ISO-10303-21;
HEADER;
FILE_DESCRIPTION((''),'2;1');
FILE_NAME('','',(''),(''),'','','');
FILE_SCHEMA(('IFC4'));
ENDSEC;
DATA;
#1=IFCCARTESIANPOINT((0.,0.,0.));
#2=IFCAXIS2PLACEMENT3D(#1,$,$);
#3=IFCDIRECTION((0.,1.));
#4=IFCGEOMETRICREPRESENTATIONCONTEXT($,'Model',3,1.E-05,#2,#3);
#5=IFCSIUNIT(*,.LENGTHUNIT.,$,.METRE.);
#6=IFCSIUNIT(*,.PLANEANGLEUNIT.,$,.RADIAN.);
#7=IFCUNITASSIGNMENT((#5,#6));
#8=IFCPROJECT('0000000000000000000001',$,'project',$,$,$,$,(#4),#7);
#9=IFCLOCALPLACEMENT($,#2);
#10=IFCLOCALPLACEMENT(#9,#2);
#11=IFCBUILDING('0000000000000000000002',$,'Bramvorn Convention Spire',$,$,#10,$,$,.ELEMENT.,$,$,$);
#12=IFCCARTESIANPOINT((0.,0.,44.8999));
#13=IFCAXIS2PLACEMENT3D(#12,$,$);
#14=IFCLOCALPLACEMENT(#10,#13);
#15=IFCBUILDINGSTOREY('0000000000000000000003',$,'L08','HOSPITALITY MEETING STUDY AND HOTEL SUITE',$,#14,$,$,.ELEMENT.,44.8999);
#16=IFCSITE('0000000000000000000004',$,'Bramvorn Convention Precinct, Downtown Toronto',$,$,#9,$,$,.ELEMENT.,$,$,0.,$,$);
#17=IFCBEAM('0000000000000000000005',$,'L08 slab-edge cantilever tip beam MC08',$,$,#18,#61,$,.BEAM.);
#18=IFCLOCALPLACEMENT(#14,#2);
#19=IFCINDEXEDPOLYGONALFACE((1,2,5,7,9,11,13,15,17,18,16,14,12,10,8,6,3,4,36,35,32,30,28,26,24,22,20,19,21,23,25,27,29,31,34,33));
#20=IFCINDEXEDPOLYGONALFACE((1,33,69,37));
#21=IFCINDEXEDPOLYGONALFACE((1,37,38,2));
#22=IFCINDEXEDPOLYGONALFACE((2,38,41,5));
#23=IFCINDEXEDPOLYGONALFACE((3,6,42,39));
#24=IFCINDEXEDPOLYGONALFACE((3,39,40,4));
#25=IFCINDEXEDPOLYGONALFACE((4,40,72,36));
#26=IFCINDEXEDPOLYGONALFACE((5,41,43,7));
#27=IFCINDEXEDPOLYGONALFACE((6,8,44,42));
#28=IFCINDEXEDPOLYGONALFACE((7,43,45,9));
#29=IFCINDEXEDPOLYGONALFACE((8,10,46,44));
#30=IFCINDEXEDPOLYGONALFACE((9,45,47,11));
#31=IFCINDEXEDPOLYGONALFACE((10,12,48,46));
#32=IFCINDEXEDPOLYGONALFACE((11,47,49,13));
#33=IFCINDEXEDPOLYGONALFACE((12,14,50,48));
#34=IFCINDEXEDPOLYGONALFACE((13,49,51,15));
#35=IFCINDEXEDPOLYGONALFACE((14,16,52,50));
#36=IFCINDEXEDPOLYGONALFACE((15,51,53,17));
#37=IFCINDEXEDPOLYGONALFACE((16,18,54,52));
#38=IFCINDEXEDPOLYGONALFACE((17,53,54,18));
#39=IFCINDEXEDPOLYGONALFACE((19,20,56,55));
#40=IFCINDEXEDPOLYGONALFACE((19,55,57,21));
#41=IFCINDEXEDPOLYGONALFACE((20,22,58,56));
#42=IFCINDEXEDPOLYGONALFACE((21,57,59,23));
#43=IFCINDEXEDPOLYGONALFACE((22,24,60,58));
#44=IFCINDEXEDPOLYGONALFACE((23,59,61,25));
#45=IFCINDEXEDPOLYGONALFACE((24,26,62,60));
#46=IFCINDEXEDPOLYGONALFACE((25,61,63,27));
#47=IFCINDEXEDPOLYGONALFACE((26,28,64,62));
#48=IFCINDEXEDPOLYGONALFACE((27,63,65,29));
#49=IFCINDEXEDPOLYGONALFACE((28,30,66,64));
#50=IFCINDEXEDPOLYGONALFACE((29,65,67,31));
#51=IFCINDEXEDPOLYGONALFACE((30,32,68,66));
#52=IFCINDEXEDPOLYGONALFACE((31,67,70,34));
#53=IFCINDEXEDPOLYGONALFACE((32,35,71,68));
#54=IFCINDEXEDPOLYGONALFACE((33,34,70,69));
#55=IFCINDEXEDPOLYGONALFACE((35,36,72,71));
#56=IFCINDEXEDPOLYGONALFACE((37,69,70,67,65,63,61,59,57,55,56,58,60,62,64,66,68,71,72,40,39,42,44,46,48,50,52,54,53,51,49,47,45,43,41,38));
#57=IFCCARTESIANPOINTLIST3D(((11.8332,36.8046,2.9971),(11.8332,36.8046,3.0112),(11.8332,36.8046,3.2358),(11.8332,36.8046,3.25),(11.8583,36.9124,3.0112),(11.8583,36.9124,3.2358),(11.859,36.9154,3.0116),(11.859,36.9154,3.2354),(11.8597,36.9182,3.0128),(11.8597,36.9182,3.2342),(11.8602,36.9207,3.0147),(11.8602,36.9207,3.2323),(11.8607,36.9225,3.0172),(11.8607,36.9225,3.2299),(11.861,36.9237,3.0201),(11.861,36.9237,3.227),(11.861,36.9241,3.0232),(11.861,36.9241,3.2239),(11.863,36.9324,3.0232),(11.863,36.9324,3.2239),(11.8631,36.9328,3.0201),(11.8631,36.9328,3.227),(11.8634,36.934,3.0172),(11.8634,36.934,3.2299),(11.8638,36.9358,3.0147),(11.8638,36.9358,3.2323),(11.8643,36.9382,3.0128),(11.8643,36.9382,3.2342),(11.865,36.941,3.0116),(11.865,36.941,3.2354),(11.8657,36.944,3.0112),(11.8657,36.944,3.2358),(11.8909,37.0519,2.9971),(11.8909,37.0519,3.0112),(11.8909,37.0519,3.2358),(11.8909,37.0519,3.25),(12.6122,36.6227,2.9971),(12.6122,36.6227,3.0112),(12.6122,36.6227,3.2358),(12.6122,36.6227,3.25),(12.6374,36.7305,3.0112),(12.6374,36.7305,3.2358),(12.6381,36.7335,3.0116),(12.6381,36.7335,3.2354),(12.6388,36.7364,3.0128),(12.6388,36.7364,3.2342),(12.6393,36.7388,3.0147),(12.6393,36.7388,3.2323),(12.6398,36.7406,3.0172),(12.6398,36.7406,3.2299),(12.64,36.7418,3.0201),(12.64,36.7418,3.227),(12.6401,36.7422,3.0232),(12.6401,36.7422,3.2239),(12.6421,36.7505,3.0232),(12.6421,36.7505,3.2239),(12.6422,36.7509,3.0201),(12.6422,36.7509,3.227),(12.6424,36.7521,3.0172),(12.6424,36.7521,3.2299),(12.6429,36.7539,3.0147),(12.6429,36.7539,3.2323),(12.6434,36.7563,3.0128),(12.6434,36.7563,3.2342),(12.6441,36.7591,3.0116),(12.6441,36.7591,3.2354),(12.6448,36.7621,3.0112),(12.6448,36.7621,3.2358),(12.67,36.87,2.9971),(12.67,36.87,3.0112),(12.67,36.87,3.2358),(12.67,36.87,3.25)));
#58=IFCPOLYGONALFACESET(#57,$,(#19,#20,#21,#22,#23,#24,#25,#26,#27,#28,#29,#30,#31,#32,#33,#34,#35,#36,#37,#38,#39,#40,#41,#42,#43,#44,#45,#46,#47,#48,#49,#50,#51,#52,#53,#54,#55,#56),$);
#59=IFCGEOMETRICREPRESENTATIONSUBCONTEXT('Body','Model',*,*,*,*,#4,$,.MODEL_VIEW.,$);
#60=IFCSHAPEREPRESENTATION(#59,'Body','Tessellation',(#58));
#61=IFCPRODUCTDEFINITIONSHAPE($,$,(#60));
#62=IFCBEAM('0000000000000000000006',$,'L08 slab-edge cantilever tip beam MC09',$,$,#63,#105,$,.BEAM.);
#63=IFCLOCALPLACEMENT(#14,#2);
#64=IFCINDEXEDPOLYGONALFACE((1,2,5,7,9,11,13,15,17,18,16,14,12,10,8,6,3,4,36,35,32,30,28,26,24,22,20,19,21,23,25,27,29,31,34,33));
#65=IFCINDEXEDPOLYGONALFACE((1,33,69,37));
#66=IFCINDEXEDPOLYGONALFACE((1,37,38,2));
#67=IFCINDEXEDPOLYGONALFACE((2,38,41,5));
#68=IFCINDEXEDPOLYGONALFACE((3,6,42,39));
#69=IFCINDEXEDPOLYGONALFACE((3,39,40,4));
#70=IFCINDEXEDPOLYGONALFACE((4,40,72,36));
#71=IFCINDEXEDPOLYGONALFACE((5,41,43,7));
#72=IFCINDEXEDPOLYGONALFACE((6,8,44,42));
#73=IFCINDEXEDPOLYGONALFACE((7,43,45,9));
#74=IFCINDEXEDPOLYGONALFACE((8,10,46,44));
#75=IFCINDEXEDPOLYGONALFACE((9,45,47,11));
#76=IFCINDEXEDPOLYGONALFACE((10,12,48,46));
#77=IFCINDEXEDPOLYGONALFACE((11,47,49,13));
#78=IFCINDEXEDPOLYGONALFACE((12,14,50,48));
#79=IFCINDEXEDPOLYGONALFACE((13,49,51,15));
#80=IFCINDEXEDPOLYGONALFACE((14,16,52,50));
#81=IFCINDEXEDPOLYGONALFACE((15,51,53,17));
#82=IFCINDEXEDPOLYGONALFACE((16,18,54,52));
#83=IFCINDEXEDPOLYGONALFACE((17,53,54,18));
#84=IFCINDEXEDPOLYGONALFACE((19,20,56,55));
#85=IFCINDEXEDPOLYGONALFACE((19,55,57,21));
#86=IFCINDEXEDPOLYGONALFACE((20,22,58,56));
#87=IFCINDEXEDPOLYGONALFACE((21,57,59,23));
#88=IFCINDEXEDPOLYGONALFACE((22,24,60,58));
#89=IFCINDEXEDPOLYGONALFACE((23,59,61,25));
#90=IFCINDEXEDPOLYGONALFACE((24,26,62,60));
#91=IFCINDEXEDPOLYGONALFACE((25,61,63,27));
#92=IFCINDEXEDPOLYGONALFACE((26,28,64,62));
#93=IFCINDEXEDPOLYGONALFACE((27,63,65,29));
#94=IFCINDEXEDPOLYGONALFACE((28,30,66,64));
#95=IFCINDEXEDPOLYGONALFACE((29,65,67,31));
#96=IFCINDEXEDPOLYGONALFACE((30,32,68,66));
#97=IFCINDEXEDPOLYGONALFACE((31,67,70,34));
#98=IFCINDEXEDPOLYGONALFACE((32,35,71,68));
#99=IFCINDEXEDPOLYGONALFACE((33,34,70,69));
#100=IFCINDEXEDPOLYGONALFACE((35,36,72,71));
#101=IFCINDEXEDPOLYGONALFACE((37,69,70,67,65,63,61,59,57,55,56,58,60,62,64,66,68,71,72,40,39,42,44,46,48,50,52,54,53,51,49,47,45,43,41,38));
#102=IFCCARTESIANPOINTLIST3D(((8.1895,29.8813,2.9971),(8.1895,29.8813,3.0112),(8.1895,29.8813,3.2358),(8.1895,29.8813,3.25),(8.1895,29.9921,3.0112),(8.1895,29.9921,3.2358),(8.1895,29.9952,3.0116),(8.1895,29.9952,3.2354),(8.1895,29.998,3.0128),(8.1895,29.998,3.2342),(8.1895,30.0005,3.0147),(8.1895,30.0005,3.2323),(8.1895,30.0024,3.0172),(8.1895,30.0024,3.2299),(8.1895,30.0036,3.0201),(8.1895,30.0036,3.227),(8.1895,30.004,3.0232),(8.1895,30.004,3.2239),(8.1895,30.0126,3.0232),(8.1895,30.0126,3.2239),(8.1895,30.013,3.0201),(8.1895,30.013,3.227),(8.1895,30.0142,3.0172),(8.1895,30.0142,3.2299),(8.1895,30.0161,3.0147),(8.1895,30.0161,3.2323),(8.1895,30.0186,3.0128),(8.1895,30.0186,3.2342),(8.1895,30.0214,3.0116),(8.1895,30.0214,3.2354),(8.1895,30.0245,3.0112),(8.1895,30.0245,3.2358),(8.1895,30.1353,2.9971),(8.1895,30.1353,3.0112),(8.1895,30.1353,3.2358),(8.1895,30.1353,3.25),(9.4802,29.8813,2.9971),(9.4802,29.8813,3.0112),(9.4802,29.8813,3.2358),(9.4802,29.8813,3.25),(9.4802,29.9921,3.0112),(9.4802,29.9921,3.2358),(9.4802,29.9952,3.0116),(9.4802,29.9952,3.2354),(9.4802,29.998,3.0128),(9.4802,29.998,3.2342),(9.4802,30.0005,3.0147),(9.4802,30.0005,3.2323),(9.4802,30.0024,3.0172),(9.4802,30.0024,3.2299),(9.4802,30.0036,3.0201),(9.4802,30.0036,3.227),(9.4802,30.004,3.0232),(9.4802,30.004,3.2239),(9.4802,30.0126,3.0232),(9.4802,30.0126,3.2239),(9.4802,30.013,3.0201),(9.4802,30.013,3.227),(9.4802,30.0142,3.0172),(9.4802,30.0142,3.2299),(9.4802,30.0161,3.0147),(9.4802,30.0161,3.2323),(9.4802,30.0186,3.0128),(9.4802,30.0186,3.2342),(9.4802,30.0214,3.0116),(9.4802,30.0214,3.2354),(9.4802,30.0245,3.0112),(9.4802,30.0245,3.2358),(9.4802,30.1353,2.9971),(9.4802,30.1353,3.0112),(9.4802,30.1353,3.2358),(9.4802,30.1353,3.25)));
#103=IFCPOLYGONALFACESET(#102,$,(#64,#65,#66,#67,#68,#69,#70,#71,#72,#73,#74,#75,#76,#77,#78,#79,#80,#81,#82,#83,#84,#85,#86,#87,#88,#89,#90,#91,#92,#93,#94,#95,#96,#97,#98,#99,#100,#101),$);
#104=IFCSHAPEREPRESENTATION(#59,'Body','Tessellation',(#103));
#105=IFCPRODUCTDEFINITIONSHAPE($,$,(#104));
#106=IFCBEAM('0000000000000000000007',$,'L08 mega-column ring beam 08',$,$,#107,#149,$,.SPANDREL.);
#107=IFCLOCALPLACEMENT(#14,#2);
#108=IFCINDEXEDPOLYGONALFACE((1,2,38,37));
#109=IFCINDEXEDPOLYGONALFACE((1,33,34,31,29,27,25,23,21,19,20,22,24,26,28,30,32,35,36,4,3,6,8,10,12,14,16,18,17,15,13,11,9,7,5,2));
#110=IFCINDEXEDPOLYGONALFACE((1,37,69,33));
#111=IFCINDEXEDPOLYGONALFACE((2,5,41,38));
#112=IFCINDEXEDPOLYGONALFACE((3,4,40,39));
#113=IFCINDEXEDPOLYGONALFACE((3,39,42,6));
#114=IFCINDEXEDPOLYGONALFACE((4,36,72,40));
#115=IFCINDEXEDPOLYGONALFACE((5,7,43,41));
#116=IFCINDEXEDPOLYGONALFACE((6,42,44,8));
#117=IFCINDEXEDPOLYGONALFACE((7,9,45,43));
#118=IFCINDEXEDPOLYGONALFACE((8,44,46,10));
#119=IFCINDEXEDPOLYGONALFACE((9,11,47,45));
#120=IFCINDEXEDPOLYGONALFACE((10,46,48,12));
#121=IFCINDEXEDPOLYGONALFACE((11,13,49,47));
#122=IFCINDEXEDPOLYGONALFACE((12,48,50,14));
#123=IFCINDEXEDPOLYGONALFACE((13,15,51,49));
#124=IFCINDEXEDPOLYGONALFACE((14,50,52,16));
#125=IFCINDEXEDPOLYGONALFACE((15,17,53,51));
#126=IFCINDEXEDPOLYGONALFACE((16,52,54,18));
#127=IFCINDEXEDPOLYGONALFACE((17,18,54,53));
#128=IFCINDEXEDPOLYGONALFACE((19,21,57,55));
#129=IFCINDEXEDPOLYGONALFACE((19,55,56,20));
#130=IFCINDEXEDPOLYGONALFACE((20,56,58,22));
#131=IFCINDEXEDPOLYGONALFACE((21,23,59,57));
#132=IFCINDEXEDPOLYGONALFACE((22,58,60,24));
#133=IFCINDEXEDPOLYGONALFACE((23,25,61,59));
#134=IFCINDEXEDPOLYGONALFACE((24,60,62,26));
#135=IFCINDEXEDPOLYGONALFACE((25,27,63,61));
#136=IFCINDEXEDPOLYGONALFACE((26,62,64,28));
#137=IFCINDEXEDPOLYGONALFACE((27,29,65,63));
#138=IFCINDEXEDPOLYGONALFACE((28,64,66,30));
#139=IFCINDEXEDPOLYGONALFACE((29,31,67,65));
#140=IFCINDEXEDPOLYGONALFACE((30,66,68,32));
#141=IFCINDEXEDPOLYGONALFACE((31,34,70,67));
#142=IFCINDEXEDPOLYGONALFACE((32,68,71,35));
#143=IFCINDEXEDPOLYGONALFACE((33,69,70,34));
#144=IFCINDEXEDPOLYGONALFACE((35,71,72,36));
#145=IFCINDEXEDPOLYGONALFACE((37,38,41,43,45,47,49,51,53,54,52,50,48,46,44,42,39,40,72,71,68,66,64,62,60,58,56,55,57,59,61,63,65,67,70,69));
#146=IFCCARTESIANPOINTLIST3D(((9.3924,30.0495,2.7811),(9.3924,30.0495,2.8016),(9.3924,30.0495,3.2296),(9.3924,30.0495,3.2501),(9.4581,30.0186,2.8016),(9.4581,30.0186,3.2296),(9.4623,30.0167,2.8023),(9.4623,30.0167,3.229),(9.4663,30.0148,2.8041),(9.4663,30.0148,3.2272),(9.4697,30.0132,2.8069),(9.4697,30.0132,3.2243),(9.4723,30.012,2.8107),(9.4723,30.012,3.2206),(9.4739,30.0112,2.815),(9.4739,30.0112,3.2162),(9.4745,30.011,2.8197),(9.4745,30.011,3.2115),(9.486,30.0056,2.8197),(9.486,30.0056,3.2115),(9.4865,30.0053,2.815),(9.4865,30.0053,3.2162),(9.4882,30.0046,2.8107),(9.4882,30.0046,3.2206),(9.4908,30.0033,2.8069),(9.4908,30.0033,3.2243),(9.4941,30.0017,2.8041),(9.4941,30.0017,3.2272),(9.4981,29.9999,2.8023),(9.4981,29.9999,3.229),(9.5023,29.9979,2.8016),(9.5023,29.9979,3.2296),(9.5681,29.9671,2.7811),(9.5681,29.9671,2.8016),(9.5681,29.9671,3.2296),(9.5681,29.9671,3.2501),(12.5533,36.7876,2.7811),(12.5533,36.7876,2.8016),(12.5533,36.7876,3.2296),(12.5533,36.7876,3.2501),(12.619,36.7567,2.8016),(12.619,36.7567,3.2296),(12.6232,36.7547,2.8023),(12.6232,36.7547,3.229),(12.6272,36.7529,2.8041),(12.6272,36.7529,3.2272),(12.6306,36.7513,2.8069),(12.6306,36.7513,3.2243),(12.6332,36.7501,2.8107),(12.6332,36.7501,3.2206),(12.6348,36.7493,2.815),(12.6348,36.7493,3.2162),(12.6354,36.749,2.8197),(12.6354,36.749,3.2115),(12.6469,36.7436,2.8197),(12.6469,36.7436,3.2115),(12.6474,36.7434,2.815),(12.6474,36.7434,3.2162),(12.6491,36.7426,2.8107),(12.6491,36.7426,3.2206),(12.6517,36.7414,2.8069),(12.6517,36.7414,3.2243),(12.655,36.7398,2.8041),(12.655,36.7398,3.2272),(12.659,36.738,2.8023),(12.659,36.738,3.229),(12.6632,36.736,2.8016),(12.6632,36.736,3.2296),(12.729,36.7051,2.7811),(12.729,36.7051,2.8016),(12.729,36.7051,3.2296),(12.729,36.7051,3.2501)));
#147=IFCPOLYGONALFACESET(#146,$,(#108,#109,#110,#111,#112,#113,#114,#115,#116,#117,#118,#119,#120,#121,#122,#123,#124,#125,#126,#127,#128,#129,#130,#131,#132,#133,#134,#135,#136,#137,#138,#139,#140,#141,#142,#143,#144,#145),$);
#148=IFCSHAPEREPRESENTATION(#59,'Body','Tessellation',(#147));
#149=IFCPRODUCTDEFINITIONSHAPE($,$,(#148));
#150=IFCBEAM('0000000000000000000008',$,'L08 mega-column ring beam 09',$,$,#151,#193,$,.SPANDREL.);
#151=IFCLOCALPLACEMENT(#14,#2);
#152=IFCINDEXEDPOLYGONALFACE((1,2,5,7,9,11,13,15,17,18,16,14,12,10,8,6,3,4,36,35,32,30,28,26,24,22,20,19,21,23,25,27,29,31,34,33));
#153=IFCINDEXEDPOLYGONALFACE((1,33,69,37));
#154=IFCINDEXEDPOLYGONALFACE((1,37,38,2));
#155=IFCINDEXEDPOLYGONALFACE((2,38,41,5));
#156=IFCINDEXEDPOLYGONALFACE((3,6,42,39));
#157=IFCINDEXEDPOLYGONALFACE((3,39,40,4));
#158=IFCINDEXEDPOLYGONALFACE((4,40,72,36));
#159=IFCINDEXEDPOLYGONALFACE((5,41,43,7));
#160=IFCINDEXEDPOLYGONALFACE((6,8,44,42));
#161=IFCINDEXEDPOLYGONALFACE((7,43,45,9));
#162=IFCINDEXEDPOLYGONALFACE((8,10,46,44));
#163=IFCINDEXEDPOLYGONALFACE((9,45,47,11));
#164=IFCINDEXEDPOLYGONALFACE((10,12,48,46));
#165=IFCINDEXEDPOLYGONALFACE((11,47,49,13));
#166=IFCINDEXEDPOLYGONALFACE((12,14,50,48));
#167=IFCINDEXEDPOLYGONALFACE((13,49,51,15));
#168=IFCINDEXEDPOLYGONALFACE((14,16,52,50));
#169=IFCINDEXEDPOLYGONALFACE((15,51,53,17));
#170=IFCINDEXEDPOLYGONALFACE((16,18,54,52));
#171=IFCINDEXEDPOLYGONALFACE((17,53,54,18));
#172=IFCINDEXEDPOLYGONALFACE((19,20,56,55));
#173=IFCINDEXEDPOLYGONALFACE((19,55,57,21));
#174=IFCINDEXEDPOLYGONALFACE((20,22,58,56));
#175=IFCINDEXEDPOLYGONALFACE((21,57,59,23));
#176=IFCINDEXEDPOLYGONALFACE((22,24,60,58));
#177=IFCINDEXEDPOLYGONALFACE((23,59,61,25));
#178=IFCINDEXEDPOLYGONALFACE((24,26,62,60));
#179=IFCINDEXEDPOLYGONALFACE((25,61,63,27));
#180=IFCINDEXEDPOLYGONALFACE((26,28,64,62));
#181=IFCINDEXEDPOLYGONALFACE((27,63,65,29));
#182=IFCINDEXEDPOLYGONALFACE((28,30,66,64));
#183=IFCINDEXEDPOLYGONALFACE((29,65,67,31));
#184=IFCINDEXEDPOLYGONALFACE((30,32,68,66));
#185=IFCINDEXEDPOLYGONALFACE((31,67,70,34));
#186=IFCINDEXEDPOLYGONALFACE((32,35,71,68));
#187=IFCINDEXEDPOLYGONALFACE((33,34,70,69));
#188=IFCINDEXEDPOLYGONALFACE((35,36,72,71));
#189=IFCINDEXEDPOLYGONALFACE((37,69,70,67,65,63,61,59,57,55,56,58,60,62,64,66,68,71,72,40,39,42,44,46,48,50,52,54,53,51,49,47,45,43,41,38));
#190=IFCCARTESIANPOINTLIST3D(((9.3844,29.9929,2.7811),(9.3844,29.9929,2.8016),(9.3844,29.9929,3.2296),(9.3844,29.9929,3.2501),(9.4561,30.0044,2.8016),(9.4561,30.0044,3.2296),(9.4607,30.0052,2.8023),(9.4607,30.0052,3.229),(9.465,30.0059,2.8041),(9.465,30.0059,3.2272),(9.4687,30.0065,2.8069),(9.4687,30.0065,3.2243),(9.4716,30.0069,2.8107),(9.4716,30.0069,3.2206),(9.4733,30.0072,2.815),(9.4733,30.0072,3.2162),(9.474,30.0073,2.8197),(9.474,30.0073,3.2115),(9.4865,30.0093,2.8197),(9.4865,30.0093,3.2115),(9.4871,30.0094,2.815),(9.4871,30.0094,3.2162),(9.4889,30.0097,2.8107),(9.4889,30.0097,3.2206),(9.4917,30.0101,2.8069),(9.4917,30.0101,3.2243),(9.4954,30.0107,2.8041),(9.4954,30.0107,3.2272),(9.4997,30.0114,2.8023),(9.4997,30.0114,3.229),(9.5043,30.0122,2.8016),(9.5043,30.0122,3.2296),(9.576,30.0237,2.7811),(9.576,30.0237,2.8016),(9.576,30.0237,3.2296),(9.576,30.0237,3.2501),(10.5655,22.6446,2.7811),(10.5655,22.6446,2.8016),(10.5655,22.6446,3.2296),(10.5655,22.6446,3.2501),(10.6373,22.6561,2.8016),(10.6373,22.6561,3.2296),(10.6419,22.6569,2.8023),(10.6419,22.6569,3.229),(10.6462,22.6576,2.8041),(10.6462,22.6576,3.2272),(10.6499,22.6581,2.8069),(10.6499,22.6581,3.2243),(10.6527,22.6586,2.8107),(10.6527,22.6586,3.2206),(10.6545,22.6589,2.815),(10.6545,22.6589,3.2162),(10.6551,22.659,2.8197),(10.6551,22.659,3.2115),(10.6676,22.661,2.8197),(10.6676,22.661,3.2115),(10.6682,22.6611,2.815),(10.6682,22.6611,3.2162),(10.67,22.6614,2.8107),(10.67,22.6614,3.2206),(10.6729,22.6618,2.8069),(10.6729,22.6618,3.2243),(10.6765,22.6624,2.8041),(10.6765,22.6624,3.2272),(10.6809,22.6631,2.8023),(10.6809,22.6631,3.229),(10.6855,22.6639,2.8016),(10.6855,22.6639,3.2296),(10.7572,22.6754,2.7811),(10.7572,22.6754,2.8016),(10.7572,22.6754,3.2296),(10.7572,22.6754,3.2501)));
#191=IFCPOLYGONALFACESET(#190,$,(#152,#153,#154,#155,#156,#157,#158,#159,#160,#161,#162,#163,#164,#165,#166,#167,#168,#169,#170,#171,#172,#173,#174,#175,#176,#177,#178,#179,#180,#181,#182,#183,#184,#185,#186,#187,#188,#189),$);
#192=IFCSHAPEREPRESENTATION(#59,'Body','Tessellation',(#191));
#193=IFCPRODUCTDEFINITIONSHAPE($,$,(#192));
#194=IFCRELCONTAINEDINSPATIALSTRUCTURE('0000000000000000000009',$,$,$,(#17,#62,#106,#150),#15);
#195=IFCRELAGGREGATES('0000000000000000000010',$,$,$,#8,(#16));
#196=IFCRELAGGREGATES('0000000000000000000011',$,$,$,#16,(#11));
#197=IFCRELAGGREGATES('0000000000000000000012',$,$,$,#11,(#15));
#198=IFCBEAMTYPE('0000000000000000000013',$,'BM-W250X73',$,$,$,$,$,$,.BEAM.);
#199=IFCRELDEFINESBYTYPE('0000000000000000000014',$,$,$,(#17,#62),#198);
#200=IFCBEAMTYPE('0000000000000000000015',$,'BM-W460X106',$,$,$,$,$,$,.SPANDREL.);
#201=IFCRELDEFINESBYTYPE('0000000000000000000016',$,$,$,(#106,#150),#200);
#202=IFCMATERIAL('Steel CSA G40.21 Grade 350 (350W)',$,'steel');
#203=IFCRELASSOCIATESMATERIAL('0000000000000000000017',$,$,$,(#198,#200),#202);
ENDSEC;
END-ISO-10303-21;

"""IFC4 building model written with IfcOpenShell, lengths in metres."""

from ifc_helpers import new_model, si_unit, direction, frame, origin, origin_2d, place, context, subcontext, project, spatial, i_section, extrude, material, material_profile, profile_set, type_object, element, save


model = new_model("IFC4")

# Units and contexts
model_context = context("Model", 3, precision=1e-05, world=origin(), true_north=direction((0.0, 1.0)))
body_context = subcontext(model_context, "Body", "Model", "MODEL_VIEW")
ifc_project = project(units=[si_unit("LENGTHUNIT", "METRE"), si_unit("PLANEANGLEUNIT", "RADIAN")], contexts=[model_context])

# Site, building, storey
site_placement = place(None, origin())
site = spatial("IfcSite", under=ifc_project, at=site_placement, Name="Bramvorn Convention Precinct, Downtown Toronto", CompositionType="ELEMENT", RefElevation=0.0)
building_placement = place(site_placement, origin())
building = spatial("IfcBuilding", under=site, at=building_placement, Name="Bramvorn Convention Spire", CompositionType="ELEMENT")
storey_placement = place(building_placement, frame((0.0, 0.0, 44.8999)))
storey = spatial("IfcBuildingStorey", under=building, at=storey_placement, Name="L08", Description="HOSPITALITY MEETING STUDY AND HOTEL SUITE", CompositionType="ELEMENT", Elevation=44.8999)

# Shared definitions
ifc_material_1 = material(Name="Steel CSA G40.21 Grade 350 (350W)", Category="steel")

# Beams
ifc_material_profile_1 = material_profile(ifc_material_1, i_section(OverallWidth=0.2539, OverallDepth=0.2529, WebThickness=0.0085, FlangeThickness=0.0142, FilletRadius=0.012, at=origin_2d()))
ifc_profile_set_1 = profile_set([ifc_material_profile_1], Name="Steel CSA G40.21 Grade 350 (350W) - W250X73")
beam_type_1 = type_object("IfcBeamType", Name="BM-W250X73", PredefinedType="BEAM", material=ifc_profile_set_1)
beam_1_placement = place(storey_placement, frame((12.6411, 36.7463, 3.1235), z_axis=(-0.973812, 0.227355, 0.0), x_axis=(-0.227355, -0.973812, 0.0)))
element("IfcBeam", 1, at=beam_1_placement, inside=storey, type_object=beam_type_1, Name="L08 slab-edge cantilever tip beam MC08", PredefinedType="BEAM", context=body_context, shape_type="SweptSolid", body=[
    extrude(i_section(OverallWidth=0.2539, OverallDepth=0.2529, WebThickness=0.0085, FlangeThickness=0.0142, FilletRadius=0.012, at=origin_2d()), origin(), (0.0, 0.0, 1.0), 0.8),
])
beam_2_placement = place(storey_placement, frame((9.4802, 30.0083, 3.1235), z_axis=(-1.0, 0.0, 0.0), x_axis=(0.0, -1.0, 0.0)))
element("IfcBeam", 2, at=beam_2_placement, inside=storey, type_object=beam_type_1, Name="L08 slab-edge cantilever tip beam MC09", PredefinedType="BEAM", context=body_context, shape_type="SweptSolid", body=[
    extrude(i_section(OverallWidth=0.2539, OverallDepth=0.2529, WebThickness=0.0085, FlangeThickness=0.0142, FilletRadius=0.012, at=origin_2d()), origin(), (0.0, 0.0, 1.0), 1.2908),
])
ifc_material_profile_2 = material_profile(ifc_material_1, i_section(OverallWidth=0.1941, OverallDepth=0.469, WebThickness=0.0127, FlangeThickness=0.0205, FilletRadius=0.0181, at=origin_2d()))
ifc_profile_set_2 = profile_set([ifc_material_profile_2], Name="Steel CSA G40.21 Grade 350 (350W) - W460X106")
beam_type_2 = type_object("IfcBeamType", Name="BM-W460X106", PredefinedType="SPANDREL", material=ifc_profile_set_2)
for number, where, z_axis, x_axis, name in (
    (3, (12.6411, 36.7463, 3.0156), (-0.424702, -0.905333, 0.0), (0.905333, -0.424702, 0.0), "L08 mega-column ring beam 08"),
    (4, (9.4802, 30.0083, 3.0156), (0.158699, -0.987327, 0.0), (0.987327, 0.158699, 0.0), "L08 mega-column ring beam 09"),
):
    element("IfcBeam", number, at=place(storey_placement, frame(where, z_axis=z_axis, x_axis=x_axis)), inside=storey, type_object=beam_type_2, Name=name, PredefinedType="SPANDREL", context=body_context, shape_type="SweptSolid", body=[
        extrude(i_section(OverallWidth=0.1941, OverallDepth=0.469, WebThickness=0.0127, FlangeThickness=0.0205, FilletRadius=0.0181, at=origin_2d()), origin(), (0.0, 0.0, 1.0), 7.4426),
    ])

save(model, "model.ifc")
